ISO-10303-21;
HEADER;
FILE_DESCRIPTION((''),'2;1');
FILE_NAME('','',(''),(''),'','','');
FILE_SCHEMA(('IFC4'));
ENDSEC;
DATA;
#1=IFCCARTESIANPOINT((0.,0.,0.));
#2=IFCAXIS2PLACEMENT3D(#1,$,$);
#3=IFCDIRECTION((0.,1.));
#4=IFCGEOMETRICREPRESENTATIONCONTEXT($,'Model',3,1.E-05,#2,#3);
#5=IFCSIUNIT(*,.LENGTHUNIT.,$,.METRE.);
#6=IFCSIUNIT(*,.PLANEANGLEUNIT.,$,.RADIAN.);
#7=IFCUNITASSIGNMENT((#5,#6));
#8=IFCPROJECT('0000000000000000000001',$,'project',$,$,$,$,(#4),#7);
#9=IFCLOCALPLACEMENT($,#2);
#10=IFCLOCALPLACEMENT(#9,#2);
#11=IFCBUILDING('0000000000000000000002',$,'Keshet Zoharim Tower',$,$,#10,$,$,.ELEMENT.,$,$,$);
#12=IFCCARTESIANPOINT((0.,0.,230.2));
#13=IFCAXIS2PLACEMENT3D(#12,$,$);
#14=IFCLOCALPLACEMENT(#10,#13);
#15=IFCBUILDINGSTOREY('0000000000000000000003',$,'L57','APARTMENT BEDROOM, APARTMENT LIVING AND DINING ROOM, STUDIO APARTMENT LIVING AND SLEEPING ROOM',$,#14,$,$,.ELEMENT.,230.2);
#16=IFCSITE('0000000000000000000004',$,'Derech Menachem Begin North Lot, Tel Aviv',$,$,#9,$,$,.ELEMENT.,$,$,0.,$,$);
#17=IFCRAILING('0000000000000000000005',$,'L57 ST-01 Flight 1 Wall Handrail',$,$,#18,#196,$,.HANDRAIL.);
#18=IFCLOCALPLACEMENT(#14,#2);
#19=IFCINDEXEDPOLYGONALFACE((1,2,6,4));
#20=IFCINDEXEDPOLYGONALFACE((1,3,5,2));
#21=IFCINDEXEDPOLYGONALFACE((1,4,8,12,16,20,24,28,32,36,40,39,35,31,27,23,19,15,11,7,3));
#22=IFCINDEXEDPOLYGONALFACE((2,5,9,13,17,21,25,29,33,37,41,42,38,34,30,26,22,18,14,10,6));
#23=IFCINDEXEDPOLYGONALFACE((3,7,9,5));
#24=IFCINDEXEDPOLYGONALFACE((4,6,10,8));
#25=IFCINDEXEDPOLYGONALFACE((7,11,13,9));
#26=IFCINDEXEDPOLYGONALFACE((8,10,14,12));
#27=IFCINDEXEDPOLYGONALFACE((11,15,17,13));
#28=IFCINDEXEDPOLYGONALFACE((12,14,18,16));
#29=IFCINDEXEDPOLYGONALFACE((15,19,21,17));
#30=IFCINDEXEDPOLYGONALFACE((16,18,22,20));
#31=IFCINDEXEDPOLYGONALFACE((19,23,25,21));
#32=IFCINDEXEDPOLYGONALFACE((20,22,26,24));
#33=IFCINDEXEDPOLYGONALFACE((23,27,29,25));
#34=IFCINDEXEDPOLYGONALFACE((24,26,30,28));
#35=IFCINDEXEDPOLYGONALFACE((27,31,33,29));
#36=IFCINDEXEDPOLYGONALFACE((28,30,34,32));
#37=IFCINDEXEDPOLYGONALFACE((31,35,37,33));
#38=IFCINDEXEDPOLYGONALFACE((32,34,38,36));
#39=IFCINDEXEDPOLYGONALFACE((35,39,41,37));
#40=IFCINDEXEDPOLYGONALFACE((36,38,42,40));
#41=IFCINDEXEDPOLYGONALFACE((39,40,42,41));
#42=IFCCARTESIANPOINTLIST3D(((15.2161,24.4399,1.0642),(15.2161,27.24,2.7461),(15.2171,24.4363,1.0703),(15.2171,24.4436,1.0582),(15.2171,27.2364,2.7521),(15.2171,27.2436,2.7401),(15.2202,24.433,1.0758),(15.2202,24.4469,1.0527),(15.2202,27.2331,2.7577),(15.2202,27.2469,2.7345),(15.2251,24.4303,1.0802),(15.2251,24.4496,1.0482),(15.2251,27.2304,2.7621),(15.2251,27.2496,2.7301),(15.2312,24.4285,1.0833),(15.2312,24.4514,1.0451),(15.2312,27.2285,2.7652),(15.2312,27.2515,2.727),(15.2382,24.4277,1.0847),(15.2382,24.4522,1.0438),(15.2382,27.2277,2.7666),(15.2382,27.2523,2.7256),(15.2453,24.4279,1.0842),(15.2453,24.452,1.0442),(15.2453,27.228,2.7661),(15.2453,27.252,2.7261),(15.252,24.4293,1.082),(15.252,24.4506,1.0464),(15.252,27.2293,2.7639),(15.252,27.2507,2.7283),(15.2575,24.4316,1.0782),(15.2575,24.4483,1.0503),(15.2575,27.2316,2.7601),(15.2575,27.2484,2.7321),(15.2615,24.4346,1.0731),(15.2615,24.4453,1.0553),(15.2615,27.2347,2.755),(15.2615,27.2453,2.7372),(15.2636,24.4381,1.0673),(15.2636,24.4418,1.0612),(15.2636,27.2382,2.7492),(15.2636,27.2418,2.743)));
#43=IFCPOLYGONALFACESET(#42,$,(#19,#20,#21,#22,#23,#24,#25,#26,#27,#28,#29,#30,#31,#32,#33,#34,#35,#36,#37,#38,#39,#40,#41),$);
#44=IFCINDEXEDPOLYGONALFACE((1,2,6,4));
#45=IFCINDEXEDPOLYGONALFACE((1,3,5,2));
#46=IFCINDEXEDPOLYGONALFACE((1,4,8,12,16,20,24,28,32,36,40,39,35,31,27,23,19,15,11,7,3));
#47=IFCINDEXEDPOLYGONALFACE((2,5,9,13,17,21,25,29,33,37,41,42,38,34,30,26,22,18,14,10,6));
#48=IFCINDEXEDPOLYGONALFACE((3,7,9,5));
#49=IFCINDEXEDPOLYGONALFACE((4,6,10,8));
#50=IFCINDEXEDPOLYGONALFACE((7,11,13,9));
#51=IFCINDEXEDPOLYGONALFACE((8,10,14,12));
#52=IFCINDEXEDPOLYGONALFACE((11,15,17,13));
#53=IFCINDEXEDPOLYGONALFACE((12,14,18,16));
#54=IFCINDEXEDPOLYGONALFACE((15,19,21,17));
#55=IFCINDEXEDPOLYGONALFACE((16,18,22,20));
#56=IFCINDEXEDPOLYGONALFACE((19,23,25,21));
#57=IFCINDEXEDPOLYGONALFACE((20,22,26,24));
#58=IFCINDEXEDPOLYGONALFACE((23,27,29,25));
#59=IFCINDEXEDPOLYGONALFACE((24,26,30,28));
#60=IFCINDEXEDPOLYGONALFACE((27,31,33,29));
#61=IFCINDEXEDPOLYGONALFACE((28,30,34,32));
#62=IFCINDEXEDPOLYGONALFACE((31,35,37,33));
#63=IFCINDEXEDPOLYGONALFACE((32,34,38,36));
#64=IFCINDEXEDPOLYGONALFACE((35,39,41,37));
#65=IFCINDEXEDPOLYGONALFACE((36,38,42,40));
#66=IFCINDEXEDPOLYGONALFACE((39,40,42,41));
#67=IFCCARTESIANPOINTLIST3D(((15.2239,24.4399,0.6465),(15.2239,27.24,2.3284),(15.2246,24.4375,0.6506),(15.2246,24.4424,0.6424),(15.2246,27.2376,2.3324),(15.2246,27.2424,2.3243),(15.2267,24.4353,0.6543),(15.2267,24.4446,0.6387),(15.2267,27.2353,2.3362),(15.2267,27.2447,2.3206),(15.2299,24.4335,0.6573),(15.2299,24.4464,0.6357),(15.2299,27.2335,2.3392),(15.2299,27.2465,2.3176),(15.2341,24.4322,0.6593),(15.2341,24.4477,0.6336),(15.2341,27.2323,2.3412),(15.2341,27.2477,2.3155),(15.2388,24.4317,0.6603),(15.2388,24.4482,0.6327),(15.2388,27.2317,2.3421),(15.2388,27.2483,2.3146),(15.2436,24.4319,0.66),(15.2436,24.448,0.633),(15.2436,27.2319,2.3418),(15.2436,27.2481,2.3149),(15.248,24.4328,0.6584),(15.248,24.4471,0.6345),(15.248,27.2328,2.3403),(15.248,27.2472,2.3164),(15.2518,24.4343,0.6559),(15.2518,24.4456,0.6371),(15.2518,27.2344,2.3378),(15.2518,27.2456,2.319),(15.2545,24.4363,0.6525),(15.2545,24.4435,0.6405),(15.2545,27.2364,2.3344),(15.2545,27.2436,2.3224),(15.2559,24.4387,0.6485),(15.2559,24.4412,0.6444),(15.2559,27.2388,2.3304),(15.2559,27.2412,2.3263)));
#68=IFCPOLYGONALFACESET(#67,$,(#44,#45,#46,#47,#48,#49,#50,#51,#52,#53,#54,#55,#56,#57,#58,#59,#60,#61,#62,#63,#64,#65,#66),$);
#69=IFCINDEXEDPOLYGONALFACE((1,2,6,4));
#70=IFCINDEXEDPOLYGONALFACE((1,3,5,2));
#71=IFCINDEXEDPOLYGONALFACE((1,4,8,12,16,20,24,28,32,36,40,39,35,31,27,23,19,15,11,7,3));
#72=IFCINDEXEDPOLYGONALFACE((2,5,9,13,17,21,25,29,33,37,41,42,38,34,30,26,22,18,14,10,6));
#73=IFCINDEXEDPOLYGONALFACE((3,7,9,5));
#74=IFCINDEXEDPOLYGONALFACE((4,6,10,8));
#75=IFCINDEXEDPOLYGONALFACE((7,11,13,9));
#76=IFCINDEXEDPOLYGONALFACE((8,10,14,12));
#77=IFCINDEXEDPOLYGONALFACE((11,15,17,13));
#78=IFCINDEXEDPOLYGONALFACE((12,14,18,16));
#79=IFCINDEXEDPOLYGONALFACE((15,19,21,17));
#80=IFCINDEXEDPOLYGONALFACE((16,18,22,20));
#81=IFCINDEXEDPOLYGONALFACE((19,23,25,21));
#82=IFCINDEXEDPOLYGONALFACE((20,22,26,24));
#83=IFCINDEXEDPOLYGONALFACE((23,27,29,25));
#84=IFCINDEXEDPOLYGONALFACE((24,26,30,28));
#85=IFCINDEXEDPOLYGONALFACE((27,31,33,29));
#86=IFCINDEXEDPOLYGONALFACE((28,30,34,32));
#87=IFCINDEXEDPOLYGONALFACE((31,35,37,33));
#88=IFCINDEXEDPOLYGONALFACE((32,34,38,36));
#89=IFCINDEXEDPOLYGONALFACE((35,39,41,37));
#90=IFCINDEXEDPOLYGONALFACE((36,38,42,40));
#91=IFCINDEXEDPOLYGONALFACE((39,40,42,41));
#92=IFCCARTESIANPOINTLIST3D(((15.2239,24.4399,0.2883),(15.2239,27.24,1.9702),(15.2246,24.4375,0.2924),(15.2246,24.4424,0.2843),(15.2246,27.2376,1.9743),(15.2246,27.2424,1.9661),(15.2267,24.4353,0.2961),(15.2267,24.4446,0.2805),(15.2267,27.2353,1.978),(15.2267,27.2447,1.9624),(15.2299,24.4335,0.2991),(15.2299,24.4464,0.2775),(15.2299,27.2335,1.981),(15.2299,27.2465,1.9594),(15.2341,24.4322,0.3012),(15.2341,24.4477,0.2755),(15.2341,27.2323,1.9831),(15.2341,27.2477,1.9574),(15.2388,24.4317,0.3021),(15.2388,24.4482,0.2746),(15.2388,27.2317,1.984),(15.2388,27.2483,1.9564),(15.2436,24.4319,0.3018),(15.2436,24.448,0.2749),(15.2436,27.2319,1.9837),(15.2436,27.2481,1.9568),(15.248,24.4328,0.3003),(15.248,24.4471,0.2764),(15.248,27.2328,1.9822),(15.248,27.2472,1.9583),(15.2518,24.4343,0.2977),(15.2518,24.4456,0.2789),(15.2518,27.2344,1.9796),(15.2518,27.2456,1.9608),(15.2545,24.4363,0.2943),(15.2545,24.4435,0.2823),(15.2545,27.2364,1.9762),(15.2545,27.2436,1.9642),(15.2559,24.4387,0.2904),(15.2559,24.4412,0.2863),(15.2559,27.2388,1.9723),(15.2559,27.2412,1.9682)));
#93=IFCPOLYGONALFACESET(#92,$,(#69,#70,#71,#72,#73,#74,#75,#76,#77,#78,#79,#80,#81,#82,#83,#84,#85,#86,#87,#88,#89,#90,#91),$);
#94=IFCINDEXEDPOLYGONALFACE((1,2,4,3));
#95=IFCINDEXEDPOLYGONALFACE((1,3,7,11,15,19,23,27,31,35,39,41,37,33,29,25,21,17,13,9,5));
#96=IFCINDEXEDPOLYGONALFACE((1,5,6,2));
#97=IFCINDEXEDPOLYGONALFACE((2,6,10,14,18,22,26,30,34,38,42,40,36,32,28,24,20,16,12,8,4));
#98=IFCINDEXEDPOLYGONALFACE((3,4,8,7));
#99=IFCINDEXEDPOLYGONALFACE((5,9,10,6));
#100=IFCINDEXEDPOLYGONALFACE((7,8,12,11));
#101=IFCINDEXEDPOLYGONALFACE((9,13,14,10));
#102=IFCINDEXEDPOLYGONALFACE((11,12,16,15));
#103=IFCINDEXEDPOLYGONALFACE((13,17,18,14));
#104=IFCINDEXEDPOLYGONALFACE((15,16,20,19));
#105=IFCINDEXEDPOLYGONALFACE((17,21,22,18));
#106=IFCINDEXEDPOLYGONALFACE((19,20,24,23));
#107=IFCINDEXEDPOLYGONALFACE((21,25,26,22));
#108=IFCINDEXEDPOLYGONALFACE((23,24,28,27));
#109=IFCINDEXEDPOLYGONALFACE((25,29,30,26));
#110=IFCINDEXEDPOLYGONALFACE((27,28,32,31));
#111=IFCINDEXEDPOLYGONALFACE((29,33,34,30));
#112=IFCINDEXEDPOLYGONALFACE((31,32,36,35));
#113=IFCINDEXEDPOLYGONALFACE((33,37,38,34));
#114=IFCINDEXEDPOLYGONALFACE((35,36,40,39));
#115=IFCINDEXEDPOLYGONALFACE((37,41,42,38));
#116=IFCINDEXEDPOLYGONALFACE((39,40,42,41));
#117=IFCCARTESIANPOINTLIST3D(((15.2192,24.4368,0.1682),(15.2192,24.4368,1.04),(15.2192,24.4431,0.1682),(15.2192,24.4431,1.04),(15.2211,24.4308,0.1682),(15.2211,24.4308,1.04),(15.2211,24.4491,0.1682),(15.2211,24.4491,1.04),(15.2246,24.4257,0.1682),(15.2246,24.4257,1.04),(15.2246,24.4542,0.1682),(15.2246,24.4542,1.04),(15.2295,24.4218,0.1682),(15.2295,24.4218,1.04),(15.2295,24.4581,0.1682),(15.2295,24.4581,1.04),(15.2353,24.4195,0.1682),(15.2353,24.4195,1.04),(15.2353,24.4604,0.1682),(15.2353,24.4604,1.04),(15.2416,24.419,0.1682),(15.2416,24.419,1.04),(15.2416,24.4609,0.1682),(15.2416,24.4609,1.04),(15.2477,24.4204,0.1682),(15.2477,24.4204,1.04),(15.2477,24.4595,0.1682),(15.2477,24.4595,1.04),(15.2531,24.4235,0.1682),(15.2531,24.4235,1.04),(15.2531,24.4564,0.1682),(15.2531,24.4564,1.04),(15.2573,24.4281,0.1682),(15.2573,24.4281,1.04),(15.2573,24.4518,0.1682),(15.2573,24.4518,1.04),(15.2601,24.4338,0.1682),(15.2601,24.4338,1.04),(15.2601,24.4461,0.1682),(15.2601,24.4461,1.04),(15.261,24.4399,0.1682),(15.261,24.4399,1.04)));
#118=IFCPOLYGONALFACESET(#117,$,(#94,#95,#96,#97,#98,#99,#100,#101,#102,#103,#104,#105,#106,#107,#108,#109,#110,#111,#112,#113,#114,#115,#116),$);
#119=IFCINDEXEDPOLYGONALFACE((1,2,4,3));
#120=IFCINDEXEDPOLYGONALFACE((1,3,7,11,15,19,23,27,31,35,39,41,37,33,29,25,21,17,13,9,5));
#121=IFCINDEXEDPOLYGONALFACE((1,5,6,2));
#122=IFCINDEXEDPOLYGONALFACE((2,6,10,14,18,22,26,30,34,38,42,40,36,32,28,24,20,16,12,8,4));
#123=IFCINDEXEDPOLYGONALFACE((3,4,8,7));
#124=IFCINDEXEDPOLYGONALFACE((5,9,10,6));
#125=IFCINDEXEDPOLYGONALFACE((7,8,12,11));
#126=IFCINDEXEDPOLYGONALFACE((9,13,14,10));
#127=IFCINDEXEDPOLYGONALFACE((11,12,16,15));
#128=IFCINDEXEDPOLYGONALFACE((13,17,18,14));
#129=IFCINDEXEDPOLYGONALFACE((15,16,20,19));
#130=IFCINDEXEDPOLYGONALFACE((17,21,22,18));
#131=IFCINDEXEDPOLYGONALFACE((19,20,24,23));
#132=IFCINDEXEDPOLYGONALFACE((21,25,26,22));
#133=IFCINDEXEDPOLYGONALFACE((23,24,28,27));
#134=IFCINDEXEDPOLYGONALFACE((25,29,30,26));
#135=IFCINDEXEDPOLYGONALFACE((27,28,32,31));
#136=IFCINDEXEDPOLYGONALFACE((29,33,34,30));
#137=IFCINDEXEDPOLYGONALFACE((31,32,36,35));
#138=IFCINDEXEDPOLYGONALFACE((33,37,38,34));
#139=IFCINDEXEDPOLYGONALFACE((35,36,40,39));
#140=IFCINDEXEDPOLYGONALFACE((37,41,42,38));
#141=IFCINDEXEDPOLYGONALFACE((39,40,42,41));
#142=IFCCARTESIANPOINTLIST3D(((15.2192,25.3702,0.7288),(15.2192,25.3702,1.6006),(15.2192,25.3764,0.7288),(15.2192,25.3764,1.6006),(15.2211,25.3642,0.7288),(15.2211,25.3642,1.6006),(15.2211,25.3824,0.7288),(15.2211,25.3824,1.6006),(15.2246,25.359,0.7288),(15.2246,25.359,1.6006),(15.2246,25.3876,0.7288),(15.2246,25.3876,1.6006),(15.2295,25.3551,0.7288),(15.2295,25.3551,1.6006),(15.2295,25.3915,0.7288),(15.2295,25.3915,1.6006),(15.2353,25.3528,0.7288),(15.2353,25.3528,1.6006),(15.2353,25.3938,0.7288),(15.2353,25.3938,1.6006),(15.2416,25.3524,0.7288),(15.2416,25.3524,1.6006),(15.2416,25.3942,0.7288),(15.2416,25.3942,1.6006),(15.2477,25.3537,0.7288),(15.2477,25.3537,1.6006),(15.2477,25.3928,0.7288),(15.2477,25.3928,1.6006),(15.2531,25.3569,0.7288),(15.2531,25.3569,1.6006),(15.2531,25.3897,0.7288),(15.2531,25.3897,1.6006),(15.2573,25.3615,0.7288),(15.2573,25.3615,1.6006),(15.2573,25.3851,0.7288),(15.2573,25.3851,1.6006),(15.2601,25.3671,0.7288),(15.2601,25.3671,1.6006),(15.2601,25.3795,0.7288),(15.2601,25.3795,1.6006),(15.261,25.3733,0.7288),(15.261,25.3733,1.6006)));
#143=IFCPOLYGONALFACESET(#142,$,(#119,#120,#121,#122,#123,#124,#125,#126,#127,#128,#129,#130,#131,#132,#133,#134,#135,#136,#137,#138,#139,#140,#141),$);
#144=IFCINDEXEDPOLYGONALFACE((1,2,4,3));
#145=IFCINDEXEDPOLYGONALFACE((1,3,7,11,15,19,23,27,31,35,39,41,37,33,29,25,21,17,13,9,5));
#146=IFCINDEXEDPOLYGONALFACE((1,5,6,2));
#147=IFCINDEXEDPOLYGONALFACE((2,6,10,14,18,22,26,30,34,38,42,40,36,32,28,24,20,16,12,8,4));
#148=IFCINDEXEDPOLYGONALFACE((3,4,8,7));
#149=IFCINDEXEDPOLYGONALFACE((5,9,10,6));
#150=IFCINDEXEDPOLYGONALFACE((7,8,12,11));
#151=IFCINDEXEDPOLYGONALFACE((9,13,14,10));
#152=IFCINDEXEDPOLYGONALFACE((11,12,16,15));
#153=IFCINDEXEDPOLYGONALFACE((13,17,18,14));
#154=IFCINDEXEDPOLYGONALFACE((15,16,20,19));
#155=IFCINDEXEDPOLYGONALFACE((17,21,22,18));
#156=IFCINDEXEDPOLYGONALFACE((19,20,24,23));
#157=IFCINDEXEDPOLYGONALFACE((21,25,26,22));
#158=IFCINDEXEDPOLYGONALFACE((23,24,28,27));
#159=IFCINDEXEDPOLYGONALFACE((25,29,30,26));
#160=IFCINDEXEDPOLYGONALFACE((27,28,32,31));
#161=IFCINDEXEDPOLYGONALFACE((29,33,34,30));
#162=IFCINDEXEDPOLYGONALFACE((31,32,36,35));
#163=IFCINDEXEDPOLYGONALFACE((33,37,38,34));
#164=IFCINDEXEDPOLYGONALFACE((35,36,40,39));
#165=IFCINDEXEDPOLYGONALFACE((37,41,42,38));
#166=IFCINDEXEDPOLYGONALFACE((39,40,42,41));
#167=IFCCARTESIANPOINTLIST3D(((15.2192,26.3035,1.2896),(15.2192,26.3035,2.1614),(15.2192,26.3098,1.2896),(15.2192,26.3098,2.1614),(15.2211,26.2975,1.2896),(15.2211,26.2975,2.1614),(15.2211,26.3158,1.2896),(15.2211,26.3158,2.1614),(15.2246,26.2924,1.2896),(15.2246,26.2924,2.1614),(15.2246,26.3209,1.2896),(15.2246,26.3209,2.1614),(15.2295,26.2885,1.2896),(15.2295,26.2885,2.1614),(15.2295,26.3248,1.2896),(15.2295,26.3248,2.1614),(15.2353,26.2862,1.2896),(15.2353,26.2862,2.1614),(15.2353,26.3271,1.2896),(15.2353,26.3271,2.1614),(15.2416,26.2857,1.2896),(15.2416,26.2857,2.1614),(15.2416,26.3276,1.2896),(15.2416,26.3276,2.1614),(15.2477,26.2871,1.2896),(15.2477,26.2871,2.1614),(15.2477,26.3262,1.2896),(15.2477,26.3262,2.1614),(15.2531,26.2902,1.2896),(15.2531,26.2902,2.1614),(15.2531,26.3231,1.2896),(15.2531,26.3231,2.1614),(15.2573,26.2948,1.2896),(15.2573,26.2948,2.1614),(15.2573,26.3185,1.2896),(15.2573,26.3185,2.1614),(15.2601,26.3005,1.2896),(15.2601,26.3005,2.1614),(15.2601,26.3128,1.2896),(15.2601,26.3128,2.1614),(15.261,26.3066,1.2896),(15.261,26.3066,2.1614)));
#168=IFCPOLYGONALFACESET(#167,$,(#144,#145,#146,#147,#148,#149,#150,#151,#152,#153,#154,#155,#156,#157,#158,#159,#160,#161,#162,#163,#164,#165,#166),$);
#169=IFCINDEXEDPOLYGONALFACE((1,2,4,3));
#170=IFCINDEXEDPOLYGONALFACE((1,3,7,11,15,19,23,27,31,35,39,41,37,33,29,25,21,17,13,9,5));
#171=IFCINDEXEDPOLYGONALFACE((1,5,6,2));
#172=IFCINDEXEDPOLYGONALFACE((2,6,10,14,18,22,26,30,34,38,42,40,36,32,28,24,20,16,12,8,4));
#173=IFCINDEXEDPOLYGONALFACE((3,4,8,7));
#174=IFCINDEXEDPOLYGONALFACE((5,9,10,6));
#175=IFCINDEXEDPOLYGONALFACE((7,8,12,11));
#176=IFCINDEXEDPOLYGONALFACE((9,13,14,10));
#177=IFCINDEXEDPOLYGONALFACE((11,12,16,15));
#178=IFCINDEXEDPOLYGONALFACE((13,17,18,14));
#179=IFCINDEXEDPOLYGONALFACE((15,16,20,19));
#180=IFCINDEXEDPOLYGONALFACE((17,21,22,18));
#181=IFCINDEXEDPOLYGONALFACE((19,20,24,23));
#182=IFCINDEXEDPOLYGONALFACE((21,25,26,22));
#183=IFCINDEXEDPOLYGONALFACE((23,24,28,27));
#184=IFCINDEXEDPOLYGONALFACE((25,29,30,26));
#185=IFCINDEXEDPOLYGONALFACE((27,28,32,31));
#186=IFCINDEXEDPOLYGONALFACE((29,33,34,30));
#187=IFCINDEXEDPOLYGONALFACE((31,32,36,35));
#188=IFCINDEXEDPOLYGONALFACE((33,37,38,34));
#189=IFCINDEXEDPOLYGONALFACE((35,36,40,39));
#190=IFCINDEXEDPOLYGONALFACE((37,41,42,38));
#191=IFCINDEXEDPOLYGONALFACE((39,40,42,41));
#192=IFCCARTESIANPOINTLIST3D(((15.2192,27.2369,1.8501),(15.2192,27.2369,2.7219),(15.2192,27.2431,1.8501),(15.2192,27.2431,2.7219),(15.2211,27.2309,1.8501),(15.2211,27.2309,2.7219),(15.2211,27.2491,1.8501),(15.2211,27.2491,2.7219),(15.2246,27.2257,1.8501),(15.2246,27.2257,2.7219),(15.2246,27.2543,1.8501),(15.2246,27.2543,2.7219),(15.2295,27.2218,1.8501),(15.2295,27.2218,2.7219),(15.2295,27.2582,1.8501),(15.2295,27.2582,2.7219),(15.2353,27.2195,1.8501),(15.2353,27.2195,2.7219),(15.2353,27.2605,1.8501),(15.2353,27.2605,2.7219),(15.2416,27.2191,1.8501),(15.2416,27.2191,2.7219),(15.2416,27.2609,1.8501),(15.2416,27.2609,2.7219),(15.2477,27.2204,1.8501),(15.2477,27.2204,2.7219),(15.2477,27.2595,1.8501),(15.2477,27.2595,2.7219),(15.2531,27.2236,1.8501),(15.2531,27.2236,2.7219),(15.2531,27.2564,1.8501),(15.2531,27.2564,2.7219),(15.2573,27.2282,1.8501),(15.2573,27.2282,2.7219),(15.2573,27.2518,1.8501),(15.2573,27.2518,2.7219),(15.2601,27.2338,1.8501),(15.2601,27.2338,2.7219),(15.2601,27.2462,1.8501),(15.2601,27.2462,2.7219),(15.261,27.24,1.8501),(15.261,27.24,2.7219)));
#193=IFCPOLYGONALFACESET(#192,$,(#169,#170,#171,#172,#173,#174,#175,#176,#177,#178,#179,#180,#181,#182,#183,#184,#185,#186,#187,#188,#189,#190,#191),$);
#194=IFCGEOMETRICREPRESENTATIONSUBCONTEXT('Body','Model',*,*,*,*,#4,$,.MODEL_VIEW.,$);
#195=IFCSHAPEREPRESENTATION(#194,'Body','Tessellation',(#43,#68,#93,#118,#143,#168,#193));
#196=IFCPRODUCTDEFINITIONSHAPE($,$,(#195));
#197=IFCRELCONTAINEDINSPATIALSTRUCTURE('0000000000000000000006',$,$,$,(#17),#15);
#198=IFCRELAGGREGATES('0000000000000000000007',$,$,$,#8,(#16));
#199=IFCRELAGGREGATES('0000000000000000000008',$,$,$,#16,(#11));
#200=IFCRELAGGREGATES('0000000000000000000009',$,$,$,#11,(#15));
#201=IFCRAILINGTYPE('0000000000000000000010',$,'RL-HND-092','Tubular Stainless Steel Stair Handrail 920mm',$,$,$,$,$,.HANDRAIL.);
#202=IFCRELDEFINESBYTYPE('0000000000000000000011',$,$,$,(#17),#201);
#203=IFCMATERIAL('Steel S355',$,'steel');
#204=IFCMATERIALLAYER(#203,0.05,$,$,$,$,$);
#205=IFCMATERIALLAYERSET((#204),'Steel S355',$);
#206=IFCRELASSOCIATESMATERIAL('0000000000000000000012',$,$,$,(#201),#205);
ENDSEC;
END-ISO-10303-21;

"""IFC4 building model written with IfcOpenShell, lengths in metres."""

from ifc_helpers import new_model, si_unit, direction, frame, origin, origin_2d, place, context, subcontext, project, spatial, circle, extrude, material, layer, layer_set, type_object, element, save


model = new_model("IFC4")

# Units and contexts
model_context = context("Model", 3, precision=1e-05, world=origin(), true_north=direction((0.0, 1.0)))
body_context = subcontext(model_context, "Body", "Model", "MODEL_VIEW")
ifc_project = project(units=[si_unit("LENGTHUNIT", "METRE"), si_unit("PLANEANGLEUNIT", "RADIAN")], contexts=[model_context])

# Site, building, storey
site_placement = place(None, origin())
site = spatial("IfcSite", under=ifc_project, at=site_placement, Name="Derech Menachem Begin North Lot, Tel Aviv", CompositionType="ELEMENT", RefElevation=0.0)
building_placement = place(site_placement, origin())
building = spatial("IfcBuilding", under=site, at=building_placement, Name="Keshet Zoharim Tower", CompositionType="ELEMENT")
storey_placement = place(building_placement, frame((0.0, 0.0, 230.2)))
storey = spatial("IfcBuildingStorey", under=building, at=storey_placement, Name="L57", Description="APARTMENT BEDROOM, APARTMENT LIVING AND DINING ROOM, STUDIO APARTMENT LIVING AND SLEEPING ROOM", CompositionType="ELEMENT", Elevation=230.2)

# Railing
ifc_material_1 = material(Name="Steel S355", Category="steel")
ifc_layer_1 = layer(ifc_material_1, 0.05)
ifc_layer_set_1 = layer_set([ifc_layer_1], Name="Steel S355")
railing_type = type_object("IfcRailingType", Name="RL-HND-092", Description="Tubular Stainless Steel Stair Handrail 920mm", PredefinedType="HANDRAIL", material=ifc_layer_set_1)
railing_placement = place(storey_placement, frame((15.24, 24.4399, 0.1682)))
element("IfcRailing", 1, at=railing_placement, inside=storey, type_object=railing_type, Name="L57 ST-01 Flight 1 Wall Handrail", PredefinedType="HANDRAIL", context=body_context, shape_type="SweptSolid", body=[
    extrude(circle(Radius=0.0239, at=origin_2d()), frame((0.0, 0.0, 0.896), z_axis=(0.0, 0.857242, 0.514913), x_axis=(-1.0, 0.0, 0.0)), (0.0, 0.0, 1.0), 3.2664),
    extrude(circle(Radius=0.0161, at=origin_2d()), frame((0.0, 0.0, 0.4783), z_axis=(0.0, 0.857242, 0.514913), x_axis=(-1.0, 0.0, 0.0)), (0.0, 0.0, 1.0), 3.2664),
    extrude(circle(Radius=0.0161, at=origin_2d()), frame((0.0, 0.0, 0.1201), z_axis=(0.0, 0.857242, 0.514913), x_axis=(-1.0, 0.0, 0.0)), (0.0, 0.0, 1.0), 3.2664),
    extrude(circle(Radius=0.021, at=origin_2d()), origin(), (0.0, 0.0, 1.0), 0.8718),
    extrude(circle(Radius=0.021, at=origin_2d()), frame((0.0, 0.9333, 0.5605)), (0.0, 0.0, 1.0), 0.8718),
    extrude(circle(Radius=0.021, at=origin_2d()), frame((0.0, 1.8667, 1.1213)), (0.0, 0.0, 1.0), 0.8718),
    extrude(circle(Radius=0.021, at=origin_2d()), frame((0.0, 2.8, 1.6819)), (0.0, 0.0, 1.0), 0.8718),
])

save(model, "model.ifc")
